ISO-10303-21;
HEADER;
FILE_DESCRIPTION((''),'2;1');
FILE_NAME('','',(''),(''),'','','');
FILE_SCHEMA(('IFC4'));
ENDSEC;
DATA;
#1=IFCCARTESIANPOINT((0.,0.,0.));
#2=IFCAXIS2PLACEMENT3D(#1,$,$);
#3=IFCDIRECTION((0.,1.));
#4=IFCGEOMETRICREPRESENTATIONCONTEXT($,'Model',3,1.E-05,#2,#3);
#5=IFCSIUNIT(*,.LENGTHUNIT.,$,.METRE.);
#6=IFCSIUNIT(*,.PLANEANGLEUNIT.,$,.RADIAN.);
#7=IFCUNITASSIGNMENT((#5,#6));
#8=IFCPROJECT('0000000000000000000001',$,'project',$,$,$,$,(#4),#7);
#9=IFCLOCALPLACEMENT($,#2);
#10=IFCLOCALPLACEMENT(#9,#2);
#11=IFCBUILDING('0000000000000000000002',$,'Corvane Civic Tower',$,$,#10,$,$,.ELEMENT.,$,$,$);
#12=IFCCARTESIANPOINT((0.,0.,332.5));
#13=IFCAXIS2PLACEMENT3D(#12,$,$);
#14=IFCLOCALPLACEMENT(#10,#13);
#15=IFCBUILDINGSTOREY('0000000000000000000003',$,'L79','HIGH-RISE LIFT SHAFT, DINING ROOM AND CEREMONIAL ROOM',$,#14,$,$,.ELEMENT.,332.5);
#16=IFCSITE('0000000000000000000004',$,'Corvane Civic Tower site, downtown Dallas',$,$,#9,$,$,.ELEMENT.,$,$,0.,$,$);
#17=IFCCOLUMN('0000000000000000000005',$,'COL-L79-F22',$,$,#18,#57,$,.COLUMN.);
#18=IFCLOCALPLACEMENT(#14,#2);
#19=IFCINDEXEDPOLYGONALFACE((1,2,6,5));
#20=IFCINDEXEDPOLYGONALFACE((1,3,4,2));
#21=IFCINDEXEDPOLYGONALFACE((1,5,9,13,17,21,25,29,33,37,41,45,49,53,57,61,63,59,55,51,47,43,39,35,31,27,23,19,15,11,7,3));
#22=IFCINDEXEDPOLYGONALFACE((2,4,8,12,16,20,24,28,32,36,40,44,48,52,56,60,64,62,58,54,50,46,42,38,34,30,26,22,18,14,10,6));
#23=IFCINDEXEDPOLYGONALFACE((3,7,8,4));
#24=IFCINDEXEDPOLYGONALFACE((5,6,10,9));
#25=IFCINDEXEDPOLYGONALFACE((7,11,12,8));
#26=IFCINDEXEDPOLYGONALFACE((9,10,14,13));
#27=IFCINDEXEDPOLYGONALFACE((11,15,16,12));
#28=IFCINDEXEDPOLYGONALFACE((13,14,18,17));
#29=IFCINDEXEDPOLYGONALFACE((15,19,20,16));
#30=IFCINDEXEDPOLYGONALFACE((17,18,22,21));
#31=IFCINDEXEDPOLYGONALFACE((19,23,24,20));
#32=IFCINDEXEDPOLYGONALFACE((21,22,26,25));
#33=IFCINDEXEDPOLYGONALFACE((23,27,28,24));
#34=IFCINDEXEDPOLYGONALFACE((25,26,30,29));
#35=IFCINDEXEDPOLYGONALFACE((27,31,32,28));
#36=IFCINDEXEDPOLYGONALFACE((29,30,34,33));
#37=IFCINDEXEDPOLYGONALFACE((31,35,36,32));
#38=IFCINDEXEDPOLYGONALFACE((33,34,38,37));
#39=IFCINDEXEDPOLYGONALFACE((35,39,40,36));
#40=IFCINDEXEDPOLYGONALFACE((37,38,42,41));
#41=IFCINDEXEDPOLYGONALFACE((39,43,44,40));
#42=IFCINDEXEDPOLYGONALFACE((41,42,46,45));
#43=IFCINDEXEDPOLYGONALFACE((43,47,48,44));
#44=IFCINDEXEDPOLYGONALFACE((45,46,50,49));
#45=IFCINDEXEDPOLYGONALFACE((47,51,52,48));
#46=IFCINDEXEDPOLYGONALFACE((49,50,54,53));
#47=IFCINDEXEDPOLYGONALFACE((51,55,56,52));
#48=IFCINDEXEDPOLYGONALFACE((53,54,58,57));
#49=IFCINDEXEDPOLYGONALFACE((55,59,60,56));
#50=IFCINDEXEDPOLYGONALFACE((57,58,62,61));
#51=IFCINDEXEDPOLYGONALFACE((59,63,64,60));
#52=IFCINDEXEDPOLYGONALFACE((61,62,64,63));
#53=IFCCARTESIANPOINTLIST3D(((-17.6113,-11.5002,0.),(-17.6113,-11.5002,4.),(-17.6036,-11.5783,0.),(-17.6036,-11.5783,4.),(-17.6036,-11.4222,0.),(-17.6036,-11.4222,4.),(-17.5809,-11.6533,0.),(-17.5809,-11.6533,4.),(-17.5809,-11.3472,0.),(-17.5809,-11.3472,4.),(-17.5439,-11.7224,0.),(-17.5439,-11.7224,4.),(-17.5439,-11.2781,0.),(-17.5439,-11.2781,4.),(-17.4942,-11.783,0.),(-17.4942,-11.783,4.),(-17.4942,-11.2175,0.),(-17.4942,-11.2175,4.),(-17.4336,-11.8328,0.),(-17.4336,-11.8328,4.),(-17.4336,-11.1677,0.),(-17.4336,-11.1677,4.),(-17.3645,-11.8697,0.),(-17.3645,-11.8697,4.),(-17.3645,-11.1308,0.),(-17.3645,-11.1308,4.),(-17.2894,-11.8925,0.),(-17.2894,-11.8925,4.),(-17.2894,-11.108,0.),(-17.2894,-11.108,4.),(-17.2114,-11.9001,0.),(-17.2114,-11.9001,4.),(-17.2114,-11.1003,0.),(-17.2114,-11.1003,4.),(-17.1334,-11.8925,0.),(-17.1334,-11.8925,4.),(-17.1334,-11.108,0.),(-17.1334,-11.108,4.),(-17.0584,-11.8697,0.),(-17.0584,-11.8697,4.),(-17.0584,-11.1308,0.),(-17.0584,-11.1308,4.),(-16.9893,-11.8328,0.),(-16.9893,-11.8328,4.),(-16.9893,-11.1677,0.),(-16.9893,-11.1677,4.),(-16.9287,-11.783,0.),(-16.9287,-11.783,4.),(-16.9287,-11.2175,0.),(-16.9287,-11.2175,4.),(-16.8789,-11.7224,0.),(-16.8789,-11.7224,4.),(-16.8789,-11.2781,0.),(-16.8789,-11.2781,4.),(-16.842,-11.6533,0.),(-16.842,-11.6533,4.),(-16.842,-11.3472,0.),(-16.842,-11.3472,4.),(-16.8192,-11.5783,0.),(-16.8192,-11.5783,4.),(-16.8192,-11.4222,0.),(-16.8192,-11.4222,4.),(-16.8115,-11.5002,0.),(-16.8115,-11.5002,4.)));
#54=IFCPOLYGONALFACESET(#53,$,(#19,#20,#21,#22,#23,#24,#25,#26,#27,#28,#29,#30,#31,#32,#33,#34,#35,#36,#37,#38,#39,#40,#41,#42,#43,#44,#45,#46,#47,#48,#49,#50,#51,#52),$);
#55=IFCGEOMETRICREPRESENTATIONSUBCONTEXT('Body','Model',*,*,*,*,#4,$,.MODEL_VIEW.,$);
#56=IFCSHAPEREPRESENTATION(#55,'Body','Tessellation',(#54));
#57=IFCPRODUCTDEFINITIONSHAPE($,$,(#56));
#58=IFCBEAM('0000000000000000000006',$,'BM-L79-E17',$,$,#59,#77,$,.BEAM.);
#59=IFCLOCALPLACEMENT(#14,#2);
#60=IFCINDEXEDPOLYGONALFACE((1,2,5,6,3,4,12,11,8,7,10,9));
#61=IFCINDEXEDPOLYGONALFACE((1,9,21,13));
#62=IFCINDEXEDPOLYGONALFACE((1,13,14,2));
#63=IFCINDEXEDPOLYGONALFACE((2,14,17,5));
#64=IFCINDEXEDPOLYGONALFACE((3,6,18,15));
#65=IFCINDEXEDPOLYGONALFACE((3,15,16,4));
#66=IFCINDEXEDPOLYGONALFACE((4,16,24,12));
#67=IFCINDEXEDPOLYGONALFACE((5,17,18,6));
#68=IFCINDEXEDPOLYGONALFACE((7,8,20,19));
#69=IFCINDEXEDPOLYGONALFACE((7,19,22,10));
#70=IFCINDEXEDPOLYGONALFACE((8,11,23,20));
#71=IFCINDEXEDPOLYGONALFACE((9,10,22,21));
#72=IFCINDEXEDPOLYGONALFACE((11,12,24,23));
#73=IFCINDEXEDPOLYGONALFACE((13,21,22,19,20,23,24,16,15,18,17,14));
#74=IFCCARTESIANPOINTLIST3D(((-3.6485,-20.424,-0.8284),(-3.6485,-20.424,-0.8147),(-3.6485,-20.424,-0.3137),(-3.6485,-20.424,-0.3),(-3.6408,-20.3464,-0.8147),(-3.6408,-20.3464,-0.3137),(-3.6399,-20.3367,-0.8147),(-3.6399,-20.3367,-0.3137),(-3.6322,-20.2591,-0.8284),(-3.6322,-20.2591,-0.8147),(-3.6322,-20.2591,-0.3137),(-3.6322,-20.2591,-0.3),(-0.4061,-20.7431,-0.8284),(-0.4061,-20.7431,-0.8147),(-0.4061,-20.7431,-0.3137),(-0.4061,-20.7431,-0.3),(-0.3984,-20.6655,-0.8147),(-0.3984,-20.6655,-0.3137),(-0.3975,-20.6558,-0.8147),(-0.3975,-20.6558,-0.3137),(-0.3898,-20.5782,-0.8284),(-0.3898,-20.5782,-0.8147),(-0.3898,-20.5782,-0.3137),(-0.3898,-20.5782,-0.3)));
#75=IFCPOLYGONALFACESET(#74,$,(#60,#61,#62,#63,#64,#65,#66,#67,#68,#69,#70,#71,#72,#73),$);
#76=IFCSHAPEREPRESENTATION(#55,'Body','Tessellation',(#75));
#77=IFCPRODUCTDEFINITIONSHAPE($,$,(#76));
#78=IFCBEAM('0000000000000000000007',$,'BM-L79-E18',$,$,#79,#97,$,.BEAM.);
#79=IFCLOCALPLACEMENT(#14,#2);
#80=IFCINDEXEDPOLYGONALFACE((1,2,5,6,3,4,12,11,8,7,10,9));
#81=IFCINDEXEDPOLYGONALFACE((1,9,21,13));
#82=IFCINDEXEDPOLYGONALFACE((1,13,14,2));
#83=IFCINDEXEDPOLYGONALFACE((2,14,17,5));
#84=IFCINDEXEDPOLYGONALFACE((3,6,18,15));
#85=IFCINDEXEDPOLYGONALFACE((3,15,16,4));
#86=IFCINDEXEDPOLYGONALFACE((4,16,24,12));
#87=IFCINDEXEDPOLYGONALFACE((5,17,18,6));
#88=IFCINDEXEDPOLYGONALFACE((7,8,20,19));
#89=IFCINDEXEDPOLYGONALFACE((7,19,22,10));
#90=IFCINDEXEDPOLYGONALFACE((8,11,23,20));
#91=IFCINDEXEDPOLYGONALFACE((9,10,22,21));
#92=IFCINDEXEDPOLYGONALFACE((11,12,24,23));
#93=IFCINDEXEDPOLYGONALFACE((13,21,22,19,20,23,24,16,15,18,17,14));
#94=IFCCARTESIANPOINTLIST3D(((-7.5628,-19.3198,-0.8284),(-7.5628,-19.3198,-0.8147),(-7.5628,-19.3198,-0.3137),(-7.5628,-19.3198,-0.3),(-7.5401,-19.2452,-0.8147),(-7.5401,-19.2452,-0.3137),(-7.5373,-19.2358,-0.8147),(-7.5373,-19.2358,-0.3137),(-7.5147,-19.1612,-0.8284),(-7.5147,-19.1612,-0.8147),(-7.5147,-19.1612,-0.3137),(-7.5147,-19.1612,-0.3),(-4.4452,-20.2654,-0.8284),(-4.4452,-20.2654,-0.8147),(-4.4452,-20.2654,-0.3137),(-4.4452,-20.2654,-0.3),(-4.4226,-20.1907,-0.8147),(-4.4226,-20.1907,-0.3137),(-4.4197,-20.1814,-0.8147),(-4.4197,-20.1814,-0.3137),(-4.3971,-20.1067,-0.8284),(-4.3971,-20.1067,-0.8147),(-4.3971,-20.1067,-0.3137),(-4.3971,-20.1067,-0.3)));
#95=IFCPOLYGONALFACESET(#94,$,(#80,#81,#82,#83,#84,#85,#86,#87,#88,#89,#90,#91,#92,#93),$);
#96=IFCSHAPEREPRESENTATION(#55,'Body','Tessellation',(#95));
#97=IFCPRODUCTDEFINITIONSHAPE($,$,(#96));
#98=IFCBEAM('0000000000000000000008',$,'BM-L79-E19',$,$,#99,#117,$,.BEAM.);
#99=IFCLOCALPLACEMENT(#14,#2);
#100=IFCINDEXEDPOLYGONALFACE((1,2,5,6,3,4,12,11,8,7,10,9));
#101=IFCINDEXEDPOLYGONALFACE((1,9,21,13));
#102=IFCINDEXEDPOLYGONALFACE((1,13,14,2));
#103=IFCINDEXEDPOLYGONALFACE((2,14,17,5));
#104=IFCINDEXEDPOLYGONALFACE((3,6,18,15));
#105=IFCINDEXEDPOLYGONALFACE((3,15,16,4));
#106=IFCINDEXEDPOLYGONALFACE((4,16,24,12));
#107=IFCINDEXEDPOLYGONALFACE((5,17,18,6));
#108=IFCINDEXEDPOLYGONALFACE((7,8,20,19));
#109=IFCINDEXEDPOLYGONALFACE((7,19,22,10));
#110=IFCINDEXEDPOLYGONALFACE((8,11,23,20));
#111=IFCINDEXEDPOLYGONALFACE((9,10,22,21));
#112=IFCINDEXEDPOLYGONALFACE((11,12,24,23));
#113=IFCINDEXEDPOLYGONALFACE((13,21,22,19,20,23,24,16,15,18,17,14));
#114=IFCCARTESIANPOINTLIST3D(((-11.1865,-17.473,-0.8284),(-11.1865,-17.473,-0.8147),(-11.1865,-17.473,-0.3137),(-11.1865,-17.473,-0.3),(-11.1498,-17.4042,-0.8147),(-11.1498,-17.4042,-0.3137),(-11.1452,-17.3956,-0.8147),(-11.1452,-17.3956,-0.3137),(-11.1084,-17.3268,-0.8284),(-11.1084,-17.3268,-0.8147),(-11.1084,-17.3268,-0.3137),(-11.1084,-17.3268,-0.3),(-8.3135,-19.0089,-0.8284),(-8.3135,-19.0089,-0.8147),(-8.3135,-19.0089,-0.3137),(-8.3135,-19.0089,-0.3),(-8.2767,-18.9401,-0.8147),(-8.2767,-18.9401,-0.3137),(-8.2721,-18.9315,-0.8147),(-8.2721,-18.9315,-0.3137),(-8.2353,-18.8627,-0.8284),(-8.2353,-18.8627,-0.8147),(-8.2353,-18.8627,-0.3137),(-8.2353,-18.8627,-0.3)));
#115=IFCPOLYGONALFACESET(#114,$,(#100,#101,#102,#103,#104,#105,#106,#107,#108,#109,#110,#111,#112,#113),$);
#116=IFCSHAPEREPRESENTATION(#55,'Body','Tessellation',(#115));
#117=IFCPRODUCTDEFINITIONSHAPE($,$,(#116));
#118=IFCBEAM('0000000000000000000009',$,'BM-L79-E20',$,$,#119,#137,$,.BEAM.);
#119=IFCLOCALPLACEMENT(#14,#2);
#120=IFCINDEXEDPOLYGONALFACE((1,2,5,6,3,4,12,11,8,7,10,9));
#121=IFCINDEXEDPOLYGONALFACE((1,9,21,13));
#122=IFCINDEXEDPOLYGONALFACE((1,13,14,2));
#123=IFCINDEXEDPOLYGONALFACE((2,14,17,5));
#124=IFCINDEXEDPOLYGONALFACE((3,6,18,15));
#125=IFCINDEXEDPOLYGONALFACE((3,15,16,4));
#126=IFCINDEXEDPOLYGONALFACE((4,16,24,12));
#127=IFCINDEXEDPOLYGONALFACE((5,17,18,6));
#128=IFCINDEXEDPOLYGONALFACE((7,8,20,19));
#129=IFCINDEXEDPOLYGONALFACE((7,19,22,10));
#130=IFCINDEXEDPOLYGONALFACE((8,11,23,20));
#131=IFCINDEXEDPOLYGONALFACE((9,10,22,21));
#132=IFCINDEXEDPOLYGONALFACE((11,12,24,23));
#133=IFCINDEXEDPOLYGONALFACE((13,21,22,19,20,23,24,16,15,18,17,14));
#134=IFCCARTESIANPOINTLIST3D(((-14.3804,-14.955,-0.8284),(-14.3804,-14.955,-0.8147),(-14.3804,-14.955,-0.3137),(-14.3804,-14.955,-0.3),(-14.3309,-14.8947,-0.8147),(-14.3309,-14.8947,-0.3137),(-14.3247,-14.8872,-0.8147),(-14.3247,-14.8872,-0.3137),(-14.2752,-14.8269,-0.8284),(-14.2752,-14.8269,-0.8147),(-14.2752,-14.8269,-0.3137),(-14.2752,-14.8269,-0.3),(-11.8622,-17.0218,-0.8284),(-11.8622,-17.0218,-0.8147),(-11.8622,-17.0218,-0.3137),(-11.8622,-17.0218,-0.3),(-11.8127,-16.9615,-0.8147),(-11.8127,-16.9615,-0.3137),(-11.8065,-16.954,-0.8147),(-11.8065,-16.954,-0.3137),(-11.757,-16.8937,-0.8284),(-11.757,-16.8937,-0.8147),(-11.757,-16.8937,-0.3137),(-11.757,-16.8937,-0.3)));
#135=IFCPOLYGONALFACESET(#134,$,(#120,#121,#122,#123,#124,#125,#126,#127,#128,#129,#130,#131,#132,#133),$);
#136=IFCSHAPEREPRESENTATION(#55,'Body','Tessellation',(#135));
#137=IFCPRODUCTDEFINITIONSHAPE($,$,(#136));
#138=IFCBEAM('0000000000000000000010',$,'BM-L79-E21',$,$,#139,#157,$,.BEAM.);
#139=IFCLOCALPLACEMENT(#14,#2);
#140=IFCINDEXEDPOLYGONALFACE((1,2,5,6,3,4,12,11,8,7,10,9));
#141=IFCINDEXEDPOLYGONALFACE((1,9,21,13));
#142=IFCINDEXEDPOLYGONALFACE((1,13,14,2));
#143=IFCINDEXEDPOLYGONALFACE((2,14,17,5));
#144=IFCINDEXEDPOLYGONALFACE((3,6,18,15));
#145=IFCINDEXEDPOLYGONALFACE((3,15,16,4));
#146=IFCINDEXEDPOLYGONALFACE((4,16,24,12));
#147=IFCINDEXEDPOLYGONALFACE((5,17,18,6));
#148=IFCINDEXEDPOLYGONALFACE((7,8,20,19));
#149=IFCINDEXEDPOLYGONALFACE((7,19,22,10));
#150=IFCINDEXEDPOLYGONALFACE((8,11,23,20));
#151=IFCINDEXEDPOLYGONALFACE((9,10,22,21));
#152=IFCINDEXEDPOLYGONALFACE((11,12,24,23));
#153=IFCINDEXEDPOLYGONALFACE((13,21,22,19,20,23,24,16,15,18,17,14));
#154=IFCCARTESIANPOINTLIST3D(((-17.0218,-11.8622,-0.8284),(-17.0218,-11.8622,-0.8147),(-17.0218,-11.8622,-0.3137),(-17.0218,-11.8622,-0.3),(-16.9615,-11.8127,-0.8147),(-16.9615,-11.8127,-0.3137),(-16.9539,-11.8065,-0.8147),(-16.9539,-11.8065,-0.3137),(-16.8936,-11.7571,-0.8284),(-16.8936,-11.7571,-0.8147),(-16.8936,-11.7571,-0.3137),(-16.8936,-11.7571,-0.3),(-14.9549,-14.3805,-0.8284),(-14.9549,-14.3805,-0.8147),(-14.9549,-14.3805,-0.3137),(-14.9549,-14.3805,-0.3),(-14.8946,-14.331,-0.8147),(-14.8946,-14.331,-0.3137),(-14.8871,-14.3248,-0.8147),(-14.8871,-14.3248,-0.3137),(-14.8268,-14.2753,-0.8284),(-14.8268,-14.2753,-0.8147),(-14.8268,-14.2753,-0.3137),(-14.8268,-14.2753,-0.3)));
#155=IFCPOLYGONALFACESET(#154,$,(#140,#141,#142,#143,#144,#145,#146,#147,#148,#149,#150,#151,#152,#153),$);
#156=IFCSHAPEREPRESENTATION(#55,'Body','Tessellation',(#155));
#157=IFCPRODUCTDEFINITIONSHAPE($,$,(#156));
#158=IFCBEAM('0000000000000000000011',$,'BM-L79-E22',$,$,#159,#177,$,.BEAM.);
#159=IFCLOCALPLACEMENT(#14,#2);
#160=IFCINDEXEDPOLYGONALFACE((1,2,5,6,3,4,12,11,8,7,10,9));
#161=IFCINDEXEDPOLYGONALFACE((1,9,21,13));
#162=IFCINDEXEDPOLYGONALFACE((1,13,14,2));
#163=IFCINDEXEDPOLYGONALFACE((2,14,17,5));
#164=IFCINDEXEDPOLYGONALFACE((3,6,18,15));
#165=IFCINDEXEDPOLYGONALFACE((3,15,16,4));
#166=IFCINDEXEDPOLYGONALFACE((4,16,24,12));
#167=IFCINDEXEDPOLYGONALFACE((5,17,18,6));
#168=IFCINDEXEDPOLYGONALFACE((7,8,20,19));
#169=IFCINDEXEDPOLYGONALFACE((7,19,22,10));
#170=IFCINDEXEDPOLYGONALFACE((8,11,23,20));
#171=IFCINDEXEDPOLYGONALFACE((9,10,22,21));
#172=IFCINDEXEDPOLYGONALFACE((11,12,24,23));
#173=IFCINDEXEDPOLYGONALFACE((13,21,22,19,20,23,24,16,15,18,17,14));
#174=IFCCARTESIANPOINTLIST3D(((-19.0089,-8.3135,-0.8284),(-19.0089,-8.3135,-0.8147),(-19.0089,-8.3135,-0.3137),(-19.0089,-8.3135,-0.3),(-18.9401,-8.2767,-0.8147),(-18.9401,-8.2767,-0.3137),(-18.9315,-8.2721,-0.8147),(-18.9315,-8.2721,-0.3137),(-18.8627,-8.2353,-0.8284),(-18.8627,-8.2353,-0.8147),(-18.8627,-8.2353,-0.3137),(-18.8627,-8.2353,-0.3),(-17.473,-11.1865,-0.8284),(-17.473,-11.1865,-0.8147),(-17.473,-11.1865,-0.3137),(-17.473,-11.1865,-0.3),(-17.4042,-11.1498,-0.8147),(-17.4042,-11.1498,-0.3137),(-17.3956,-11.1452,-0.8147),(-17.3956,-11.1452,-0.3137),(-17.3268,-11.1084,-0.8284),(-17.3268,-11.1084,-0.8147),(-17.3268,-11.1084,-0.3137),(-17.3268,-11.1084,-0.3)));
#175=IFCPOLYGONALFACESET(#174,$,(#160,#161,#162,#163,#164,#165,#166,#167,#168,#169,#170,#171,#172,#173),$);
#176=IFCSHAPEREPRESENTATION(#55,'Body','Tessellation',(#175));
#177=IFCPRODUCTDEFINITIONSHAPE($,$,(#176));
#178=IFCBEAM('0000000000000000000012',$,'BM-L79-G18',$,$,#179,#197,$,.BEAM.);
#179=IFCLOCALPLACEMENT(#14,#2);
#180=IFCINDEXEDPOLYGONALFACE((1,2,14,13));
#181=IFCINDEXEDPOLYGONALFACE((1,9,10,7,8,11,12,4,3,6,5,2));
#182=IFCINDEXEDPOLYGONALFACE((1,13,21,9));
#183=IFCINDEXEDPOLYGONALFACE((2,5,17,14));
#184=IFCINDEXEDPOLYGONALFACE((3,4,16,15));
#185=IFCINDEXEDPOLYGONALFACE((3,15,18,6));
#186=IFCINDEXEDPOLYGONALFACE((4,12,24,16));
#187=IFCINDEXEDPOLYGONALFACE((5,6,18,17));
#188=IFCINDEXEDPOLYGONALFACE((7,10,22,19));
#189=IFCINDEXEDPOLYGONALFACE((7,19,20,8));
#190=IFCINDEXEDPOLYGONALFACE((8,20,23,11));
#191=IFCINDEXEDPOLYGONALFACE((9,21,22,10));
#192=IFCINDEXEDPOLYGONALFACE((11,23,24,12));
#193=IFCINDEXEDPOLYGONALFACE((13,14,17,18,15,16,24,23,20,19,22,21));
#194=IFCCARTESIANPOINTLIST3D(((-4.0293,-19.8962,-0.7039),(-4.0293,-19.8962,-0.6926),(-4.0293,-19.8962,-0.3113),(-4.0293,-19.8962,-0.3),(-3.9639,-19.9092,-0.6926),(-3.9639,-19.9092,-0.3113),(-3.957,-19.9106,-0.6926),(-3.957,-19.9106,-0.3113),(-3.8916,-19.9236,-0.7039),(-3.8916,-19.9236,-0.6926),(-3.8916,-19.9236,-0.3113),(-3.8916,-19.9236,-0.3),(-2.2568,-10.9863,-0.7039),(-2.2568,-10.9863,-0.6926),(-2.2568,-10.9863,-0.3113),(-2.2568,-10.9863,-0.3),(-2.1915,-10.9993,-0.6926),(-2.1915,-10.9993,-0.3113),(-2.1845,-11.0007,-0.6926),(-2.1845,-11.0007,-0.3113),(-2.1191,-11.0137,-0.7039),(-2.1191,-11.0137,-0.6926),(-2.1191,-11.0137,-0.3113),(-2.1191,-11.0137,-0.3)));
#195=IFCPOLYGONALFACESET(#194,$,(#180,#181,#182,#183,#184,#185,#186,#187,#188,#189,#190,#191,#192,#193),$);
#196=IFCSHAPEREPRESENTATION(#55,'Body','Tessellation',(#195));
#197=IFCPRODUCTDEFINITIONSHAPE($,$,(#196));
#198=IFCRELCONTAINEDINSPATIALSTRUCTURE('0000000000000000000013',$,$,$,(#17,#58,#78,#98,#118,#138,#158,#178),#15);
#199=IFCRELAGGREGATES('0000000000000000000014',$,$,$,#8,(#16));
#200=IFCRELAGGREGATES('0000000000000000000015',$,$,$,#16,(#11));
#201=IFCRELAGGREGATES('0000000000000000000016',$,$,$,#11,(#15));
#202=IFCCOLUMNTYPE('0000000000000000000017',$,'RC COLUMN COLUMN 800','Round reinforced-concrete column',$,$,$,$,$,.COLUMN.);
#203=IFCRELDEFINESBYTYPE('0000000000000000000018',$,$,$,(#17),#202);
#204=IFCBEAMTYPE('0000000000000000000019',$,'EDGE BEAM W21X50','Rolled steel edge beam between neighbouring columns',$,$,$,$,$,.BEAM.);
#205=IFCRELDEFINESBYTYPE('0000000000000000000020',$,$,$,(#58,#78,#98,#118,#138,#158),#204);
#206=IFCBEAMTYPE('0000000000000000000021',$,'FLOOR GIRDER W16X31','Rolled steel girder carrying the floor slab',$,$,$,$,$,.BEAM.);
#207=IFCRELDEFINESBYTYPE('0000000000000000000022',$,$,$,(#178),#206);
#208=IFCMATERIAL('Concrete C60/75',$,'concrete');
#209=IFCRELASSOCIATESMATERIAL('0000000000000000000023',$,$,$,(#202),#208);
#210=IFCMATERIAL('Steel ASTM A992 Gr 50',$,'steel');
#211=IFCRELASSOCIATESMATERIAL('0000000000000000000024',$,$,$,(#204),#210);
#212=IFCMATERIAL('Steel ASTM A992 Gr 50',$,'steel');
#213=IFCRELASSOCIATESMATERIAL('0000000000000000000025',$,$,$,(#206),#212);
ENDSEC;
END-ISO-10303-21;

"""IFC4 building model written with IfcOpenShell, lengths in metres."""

from ifc_helpers import new_model, si_unit, direction, frame, origin, origin_2d, place, context, subcontext, project, spatial, circle, i_section, extrude, material, material_profile, profile_set, type_object, element, save


model = new_model("IFC4")

# Units and contexts
model_context = context("Model", 3, precision=1e-05, world=origin(), true_north=direction((0.0, 1.0)))
body_context = subcontext(model_context, "Body", "Model", "MODEL_VIEW")
ifc_project = project(units=[si_unit("LENGTHUNIT", "METRE"), si_unit("PLANEANGLEUNIT", "RADIAN")], contexts=[model_context])

# Site, building, storey
site_placement = place(None, origin())
site = spatial("IfcSite", under=ifc_project, at=site_placement, Name="Corvane Civic Tower site, downtown Dallas", CompositionType="ELEMENT", RefElevation=0.0)
building_placement = place(site_placement, origin())
building = spatial("IfcBuilding", under=site, at=building_placement, Name="Corvane Civic Tower", CompositionType="ELEMENT")
storey_placement = place(building_placement, frame((0.0, 0.0, 332.5)))
storey = spatial("IfcBuildingStorey", under=building, at=storey_placement, Name="L79", Description="HIGH-RISE LIFT SHAFT, DINING ROOM AND CEREMONIAL ROOM", CompositionType="ELEMENT", Elevation=332.5)

# Column
ifc_material_1 = material(Name="Concrete C60/75", Category="concrete")
ifc_material_profile_1 = material_profile(ifc_material_1, circle(Radius=0.3999, at=origin_2d()), Name="COLUMN 800")
ifc_profile_set_1 = profile_set([ifc_material_profile_1], Name="Concrete C60/75")
column_type = type_object("IfcColumnType", Name="RC COLUMN COLUMN 800", Description="Round reinforced-concrete column", PredefinedType="COLUMN", material=ifc_profile_set_1)
for number, where, z_axis, x_axis, name in (
    (1, (-17.2114, -11.5002, 0.0), (0.0, 0.0, 1.0), (1.0, 0.0, 0.0), "COL-L79-F22"),
):
    element("IfcColumn", number, at=place(storey_placement, frame(where, z_axis=z_axis, x_axis=x_axis)), inside=storey, type_object=column_type, Name=name, PredefinedType="COLUMN", context=body_context, shape_type="SweptSolid", body=[
        extrude(circle(Radius=0.3999, at=origin_2d()), origin(), (0.0, 0.0, 1.0), 4.0),
    ])

# Beams
ifc_material_2 = material(Name="Steel ASTM A992 Gr 50", Category="steel")
ifc_material_profile_2 = material_profile(ifc_material_2, i_section(OverallWidth=0.1658, OverallDepth=0.5283, WebThickness=0.0098, FlangeThickness=0.0137, at=origin_2d()), Name="W21X50")
ifc_profile_set_2 = profile_set([ifc_material_profile_2], Name="Steel ASTM A992 Gr 50")
beam_type_1 = type_object("IfcBeamType", Name="EDGE BEAM W21X50", Description="Rolled steel edge beam between neighbouring columns", PredefinedType="BEAM", material=ifc_profile_set_2)
beam_1_placement = place(storey_placement, frame((-0.3979, -20.6606, -0.5642), z_axis=(-0.995193, 0.097938, 0.0), x_axis=(-0.097938, -0.995193, 0.0)))
element("IfcBeam", 2, at=beam_1_placement, inside=storey, type_object=beam_type_1, Name="BM-L79-E17", PredefinedType="BEAM", context=body_context, shape_type="SweptSolid", body=[
    extrude(i_section(OverallWidth=0.1658, OverallDepth=0.5283, WebThickness=0.0098, FlangeThickness=0.0137, at=origin_2d()), origin(), (0.0, 0.0, 1.0), 3.2581),
])
for number, where, z_axis, x_axis, name in (
    (3, (-4.4211, -20.186, -0.5642), (-0.956956, 0.290234, 0.0), (-0.290234, -0.956956, 0.0), "BM-L79-E18"),
    (4, (-8.2744, -18.9358, -0.5642), (-0.881894, 0.471448, 0.0), (-0.471448, -0.881894, 0.0), "BM-L79-E19"),
    (5, (-11.8096, -16.9578, -0.5642), (-0.772985, 0.634425, 0.0), (-0.634425, -0.772985, 0.0), "BM-L79-E20"),
    (6, (-14.8909, -14.3279, -0.5642), (-0.634425, 0.772985, 0.0), (-0.772985, -0.634425, 0.0), "BM-L79-E21"),
    (7, (-17.3999, -11.1475, -0.5642), (-0.471448, 0.881894, 0.0), (-0.881894, -0.471448, 0.0), "BM-L79-E22"),
):
    element("IfcBeam", number, at=place(storey_placement, frame(where, z_axis=z_axis, x_axis=x_axis)), inside=storey, type_object=beam_type_1, Name=name, PredefinedType="BEAM", context=body_context, shape_type="SweptSolid", body=[
        extrude(i_section(OverallWidth=0.1658, OverallDepth=0.5283, WebThickness=0.0098, FlangeThickness=0.0137, at=origin_2d()), origin(), (0.0, 0.0, 1.0), 3.2578),
    ])
ifc_material_3 = material(Name="Steel ASTM A992 Gr 50", Category="steel")
ifc_material_profile_3 = material_profile(ifc_material_3, i_section(OverallWidth=0.1404, OverallDepth=0.4038, WebThickness=0.0071, FlangeThickness=0.0112, at=origin_2d()), Name="W16X31")
ifc_profile_set_3 = profile_set([ifc_material_profile_3], Name="Steel ASTM A992 Gr 50")
beam_type_2 = type_object("IfcBeamType", Name="FLOOR GIRDER W16X31", Description="Rolled steel girder carrying the floor slab", PredefinedType="BEAM", material=ifc_profile_set_3)
beam_2_placement = place(storey_placement, frame((-2.188, -11.0, -0.502), z_axis=(-0.195108, -0.980782, 0.0), x_axis=(0.980782, -0.195108, 0.0)))
element("IfcBeam", 8, at=beam_2_placement, inside=storey, type_object=beam_type_2, Name="BM-L79-G18", PredefinedType="BEAM", context=body_context, shape_type="SweptSolid", body=[
    extrude(i_section(OverallWidth=0.1404, OverallDepth=0.4038, WebThickness=0.0071, FlangeThickness=0.0112, at=origin_2d()), origin(), (0.0, 0.0, 1.0), 9.0845),
])

save(model, "model.ifc")
